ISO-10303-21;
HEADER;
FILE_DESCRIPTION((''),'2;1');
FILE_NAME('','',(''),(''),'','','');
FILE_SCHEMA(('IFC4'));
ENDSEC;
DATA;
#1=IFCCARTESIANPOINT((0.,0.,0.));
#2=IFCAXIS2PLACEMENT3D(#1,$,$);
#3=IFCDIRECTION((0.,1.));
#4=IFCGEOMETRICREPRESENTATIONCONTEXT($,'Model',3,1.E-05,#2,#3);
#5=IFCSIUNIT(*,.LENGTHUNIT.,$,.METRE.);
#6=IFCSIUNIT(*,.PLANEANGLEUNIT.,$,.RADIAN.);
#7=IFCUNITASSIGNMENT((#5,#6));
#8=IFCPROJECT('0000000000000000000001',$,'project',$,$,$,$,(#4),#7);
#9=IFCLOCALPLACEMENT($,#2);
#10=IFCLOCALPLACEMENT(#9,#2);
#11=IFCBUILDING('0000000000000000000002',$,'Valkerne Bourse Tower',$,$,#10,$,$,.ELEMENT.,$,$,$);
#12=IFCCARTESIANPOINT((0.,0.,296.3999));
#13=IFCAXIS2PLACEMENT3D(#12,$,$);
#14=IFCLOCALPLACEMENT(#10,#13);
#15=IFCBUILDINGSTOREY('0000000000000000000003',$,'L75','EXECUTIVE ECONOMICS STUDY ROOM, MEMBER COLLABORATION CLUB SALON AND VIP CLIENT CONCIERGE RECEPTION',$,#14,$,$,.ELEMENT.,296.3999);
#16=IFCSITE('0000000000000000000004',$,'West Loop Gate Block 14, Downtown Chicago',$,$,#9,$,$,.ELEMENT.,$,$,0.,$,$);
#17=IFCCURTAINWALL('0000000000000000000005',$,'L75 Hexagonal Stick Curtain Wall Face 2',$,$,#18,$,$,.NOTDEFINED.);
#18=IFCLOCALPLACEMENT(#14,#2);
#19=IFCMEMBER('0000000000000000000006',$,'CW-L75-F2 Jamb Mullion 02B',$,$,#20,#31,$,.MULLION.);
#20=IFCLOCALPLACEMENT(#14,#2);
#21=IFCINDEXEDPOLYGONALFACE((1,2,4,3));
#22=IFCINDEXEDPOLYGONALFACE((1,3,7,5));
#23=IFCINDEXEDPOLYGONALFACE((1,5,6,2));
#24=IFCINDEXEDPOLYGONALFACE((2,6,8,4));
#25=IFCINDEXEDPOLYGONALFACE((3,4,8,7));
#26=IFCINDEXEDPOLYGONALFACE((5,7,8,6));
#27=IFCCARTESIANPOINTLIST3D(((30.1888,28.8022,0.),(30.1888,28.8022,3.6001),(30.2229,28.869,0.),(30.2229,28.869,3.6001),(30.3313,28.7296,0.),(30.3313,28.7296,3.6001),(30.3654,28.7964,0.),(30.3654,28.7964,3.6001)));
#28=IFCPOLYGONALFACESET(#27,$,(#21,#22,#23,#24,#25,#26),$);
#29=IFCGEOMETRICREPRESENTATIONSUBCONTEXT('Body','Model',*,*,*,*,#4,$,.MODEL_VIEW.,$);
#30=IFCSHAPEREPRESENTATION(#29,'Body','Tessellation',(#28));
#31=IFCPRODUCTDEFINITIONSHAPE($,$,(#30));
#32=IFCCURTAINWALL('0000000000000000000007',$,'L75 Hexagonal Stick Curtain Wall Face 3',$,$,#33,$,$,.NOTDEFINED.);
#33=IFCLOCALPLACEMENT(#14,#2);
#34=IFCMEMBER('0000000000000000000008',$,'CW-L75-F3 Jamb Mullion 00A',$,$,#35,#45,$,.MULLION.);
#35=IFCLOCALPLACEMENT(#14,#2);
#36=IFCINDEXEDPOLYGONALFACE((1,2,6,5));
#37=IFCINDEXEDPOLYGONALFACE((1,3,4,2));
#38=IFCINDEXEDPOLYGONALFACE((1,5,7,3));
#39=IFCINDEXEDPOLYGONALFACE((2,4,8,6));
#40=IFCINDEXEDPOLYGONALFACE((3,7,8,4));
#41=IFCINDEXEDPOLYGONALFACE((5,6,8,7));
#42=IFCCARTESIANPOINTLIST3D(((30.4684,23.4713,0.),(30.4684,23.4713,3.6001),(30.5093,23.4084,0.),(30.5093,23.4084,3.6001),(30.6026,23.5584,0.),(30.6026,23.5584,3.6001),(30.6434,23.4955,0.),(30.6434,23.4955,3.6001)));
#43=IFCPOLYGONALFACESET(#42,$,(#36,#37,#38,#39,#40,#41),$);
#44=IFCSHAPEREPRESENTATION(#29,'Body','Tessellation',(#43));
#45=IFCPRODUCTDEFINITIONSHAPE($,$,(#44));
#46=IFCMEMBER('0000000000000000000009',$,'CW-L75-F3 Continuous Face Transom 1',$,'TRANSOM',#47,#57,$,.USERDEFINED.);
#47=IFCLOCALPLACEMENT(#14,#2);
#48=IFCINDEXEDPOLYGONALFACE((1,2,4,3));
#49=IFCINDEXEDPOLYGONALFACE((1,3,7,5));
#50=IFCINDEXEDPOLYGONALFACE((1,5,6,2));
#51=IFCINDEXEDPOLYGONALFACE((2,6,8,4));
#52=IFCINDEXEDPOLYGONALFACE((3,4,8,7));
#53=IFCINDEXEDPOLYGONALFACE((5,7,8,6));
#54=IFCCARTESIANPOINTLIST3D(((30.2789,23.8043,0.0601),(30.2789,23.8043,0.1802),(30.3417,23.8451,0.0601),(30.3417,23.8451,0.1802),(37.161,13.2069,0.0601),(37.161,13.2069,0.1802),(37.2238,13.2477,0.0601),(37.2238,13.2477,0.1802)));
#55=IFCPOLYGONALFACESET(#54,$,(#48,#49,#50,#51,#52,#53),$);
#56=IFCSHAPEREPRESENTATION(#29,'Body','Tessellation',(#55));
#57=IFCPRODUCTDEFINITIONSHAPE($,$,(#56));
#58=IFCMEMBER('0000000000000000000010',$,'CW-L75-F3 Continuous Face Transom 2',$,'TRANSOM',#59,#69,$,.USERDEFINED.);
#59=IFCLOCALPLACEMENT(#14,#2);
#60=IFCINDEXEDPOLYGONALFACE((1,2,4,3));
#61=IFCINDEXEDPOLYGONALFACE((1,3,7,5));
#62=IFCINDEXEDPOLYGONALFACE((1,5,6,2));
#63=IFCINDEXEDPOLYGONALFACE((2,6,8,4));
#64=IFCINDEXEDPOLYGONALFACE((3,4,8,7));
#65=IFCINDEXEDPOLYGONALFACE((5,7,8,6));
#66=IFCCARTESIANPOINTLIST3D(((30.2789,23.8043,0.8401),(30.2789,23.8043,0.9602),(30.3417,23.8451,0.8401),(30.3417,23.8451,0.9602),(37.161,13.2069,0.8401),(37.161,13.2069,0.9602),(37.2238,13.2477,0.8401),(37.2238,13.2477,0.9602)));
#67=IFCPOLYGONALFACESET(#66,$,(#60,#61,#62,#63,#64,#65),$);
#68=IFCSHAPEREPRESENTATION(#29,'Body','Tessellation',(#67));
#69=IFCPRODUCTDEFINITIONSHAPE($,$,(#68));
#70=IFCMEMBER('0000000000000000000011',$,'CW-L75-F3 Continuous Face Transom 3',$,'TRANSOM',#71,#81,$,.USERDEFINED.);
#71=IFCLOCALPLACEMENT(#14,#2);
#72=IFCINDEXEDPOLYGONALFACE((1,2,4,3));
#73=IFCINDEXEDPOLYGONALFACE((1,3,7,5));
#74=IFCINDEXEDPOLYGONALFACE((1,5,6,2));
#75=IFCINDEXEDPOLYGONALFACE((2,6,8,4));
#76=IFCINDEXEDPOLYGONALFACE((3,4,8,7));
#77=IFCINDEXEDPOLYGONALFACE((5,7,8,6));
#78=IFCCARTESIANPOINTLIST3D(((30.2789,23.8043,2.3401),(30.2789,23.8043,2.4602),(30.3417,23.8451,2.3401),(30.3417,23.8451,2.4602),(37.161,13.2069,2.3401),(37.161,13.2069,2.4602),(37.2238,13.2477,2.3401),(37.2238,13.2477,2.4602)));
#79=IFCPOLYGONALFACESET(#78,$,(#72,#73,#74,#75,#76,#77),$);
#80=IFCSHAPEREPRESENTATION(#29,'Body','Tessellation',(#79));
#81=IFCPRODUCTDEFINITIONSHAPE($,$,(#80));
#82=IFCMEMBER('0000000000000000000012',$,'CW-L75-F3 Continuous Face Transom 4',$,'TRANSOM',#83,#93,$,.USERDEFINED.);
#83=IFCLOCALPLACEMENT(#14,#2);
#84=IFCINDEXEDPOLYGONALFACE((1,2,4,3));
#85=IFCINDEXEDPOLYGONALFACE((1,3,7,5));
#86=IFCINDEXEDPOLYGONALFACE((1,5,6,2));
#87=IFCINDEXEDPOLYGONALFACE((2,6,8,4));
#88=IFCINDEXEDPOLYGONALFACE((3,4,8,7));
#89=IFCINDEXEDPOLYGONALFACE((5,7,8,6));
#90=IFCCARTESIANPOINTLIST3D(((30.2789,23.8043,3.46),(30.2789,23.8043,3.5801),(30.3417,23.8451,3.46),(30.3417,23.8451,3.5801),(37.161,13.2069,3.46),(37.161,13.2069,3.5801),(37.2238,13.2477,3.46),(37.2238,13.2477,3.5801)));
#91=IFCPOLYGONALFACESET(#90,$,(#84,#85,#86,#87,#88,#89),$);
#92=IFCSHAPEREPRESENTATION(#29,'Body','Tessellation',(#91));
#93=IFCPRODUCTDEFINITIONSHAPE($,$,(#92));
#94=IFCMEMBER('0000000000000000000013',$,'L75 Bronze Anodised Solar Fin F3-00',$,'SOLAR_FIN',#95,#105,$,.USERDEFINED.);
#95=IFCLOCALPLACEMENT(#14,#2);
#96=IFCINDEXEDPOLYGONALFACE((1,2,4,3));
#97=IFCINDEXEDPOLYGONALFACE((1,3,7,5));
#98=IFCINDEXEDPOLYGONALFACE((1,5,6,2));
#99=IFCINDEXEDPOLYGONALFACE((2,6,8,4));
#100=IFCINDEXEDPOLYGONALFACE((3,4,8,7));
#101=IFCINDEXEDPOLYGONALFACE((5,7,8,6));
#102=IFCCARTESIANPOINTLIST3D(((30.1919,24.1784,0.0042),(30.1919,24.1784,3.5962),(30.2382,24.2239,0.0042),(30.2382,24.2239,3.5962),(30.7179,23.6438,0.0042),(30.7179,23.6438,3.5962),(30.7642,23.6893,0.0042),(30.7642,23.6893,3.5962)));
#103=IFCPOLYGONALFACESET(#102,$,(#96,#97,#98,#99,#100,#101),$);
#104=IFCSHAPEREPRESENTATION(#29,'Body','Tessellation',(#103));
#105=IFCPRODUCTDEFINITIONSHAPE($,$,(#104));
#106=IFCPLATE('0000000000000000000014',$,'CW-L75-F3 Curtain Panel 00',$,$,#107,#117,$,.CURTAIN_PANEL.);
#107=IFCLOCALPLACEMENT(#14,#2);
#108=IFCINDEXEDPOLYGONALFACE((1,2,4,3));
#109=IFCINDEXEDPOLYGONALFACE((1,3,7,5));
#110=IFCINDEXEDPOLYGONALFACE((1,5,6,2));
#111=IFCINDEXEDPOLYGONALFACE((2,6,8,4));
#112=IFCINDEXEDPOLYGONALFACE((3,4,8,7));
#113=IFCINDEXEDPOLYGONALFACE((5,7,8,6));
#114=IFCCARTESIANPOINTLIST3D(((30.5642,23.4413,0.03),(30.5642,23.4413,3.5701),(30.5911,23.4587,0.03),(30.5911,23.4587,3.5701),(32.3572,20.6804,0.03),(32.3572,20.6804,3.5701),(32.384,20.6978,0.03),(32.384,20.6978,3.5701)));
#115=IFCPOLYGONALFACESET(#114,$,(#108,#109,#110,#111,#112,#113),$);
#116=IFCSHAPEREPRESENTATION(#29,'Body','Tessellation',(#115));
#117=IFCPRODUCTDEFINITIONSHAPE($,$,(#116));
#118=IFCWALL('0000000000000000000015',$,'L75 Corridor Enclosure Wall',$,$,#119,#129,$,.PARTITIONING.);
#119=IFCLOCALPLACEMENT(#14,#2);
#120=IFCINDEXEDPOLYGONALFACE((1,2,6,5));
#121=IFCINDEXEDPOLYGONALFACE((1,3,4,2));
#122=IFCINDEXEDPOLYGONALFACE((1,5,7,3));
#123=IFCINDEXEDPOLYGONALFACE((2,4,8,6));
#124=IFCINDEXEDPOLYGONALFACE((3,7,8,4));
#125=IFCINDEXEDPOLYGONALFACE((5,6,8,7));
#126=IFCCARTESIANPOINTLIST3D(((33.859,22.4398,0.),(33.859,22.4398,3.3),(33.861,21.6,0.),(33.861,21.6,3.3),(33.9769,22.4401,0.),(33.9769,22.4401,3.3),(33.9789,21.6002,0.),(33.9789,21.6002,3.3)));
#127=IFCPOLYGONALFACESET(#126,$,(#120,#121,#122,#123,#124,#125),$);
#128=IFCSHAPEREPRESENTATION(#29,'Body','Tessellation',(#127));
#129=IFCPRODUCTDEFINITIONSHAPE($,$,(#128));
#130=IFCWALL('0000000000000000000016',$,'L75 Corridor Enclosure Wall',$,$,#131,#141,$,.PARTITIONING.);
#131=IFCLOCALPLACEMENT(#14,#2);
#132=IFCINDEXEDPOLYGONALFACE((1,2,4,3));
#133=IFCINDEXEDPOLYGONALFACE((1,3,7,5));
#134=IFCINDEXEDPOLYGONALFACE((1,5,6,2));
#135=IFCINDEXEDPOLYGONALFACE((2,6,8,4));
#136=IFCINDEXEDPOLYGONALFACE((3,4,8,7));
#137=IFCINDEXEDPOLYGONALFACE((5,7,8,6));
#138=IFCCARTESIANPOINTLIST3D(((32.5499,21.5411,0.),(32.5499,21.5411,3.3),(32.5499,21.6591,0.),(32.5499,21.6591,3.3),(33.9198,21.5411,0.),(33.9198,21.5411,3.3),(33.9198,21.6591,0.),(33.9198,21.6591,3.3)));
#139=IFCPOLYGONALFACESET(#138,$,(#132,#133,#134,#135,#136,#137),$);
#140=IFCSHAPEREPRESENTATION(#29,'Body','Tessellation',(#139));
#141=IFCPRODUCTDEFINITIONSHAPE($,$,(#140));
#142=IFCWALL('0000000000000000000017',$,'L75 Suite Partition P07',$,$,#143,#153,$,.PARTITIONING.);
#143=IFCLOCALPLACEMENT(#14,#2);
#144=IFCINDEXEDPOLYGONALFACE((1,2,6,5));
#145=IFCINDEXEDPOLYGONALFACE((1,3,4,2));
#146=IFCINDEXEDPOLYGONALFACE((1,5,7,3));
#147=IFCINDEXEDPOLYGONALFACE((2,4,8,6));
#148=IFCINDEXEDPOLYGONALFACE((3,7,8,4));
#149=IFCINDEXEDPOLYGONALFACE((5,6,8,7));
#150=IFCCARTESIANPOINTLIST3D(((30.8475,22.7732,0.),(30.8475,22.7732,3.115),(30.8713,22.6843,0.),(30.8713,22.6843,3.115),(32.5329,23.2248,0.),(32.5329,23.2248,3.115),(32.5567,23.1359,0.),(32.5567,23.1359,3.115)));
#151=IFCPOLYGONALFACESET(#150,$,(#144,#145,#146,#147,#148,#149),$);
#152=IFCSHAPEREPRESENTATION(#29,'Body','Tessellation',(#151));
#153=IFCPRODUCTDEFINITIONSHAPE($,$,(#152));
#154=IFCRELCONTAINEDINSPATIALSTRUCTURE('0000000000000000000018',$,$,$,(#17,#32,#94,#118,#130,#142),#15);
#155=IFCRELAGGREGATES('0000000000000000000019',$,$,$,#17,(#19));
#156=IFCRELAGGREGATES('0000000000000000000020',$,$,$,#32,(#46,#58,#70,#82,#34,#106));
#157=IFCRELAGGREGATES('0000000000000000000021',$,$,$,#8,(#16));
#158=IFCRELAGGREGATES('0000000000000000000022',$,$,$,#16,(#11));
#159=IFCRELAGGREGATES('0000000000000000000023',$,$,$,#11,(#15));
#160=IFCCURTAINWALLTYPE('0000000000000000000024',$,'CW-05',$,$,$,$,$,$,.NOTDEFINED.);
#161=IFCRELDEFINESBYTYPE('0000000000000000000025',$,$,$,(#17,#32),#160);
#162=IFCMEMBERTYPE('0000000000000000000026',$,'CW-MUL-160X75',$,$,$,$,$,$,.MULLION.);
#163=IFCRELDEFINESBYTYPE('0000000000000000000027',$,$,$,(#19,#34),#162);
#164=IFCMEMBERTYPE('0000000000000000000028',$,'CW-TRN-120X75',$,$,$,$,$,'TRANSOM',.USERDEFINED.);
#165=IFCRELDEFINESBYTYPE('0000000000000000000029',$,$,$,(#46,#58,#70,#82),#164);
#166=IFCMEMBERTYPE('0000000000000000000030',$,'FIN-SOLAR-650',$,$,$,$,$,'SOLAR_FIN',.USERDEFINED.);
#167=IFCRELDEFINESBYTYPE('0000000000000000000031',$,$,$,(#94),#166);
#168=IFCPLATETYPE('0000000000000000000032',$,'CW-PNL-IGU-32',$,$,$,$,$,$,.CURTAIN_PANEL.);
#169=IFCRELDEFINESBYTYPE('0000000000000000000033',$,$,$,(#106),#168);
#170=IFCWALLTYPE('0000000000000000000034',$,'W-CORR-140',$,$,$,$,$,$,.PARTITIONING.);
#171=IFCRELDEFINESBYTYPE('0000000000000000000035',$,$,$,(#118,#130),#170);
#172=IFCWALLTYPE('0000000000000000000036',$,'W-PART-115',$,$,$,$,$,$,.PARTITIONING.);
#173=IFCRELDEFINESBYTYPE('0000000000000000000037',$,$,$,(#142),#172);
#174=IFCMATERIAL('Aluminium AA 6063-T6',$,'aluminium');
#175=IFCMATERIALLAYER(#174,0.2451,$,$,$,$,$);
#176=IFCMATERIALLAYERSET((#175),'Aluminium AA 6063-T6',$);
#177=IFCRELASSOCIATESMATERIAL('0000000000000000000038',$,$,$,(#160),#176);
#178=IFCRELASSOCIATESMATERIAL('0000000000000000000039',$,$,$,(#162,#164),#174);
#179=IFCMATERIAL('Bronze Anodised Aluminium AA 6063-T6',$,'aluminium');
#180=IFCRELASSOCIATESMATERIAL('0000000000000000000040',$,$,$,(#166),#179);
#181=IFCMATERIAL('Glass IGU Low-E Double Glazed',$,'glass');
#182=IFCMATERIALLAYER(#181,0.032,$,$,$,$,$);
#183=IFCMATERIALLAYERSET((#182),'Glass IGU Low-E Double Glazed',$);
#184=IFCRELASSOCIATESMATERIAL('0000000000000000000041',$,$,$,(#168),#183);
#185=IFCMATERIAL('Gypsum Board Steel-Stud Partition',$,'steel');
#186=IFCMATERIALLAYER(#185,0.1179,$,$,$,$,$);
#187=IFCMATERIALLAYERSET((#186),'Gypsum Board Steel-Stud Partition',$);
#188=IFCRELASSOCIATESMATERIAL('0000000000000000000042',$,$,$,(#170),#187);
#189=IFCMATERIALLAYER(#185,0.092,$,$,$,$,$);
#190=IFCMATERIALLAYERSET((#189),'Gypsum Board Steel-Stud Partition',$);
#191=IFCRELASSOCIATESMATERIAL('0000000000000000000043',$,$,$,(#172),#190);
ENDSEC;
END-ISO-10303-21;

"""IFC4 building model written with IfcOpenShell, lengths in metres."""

from ifc_helpers import new_model, si_unit, direction, frame, frame_2d, origin, origin_2d, place, context, subcontext, project, spatial, rectangle, extrude, material, layer, layer_set, material_profile, profile_set, type_object, element, aggregate, save


model = new_model("IFC4")

# Units and contexts
model_context = context("Model", 3, precision=1e-05, world=origin(), true_north=direction((0.0, 1.0)))
body_context = subcontext(model_context, "Body", "Model", "MODEL_VIEW")
ifc_project = project(units=[si_unit("LENGTHUNIT", "METRE"), si_unit("PLANEANGLEUNIT", "RADIAN")], contexts=[model_context])

# Site, building, storey
site_placement = place(None, origin())
site = spatial("IfcSite", under=ifc_project, at=site_placement, Name="West Loop Gate Block 14, Downtown Chicago", CompositionType="ELEMENT", RefElevation=0.0)
building_placement = place(site_placement, origin())
building = spatial("IfcBuilding", under=site, at=building_placement, Name="Valkerne Bourse Tower", CompositionType="ELEMENT")
storey_placement = place(building_placement, frame((0.0, 0.0, 296.3999)))
storey = spatial("IfcBuildingStorey", under=building, at=storey_placement, Name="L75", Description="EXECUTIVE ECONOMICS STUDY ROOM, MEMBER COLLABORATION CLUB SALON AND VIP CLIENT CONCIERGE RECEPTION", CompositionType="ELEMENT", Elevation=296.3999)

# Curtain wall, member
ifc_material_1 = material(Name="Aluminium AA 6063-T6", Category="aluminium")
ifc_layer_1 = layer(ifc_material_1, 0.2451)
ifc_layer_set_1 = layer_set([ifc_layer_1], Name="Aluminium AA 6063-T6")
curtain_wall_type = type_object("IfcCurtainWallType", Name="CW-05", PredefinedType="NOTDEFINED", material=ifc_layer_set_1)
curtain_wall_1_placement = place(storey_placement, origin())
curtain_wall_1 = element("IfcCurtainWall", 1, at=curtain_wall_1_placement, inside=storey, type_object=curtain_wall_type, Name="L75 Hexagonal Stick Curtain Wall Face 2", PredefinedType="NOTDEFINED")
ifc_material_profile_1 = material_profile(ifc_material_1, rectangle(XDim=0.075, YDim=0.1599, at=origin_2d()), Name="CWM-75X160")
ifc_profile_set_1 = profile_set([ifc_material_profile_1], Name="Aluminium AA 6063-T6")
member_type_1 = type_object("IfcMemberType", Name="CW-MUL-160X75", PredefinedType="MULLION", material=ifc_profile_set_1)
member_1_placement = place(storey_placement, frame((30.2771, 28.7993, 0.0), z_axis=(0.0, 0.0, 1.0), x_axis=(-0.453991, -0.891006, 0.0)))
member_1 = element("IfcMember", 2, at=member_1_placement, type_object=member_type_1, Name="CW-L75-F2 Jamb Mullion 02B", PredefinedType="MULLION", context=body_context, shape_type="SweptSolid", body=[
    extrude(rectangle(XDim=0.075, YDim=0.1599, at=origin_2d()), origin(), (0.0, 0.0, 1.0), 3.6001),
])
aggregate(curtain_wall_1, [member_1])

# Curtain wall, members
curtain_wall_2_placement = place(storey_placement, origin())
curtain_wall_2 = element("IfcCurtainWall", 3, at=curtain_wall_2_placement, inside=storey, type_object=curtain_wall_type, Name="L75 Hexagonal Stick Curtain Wall Face 3", PredefinedType="NOTDEFINED")
member_2_placement = place(storey_placement, frame((30.5559, 23.4834, 0.0), z_axis=(0.0, 0.0, 1.0), x_axis=(0.544634, -0.838674, 0.0)))
member_2 = element("IfcMember", 4, at=member_2_placement, type_object=member_type_1, Name="CW-L75-F3 Jamb Mullion 00A", PredefinedType="MULLION", context=body_context, shape_type="SweptSolid", body=[
    extrude(rectangle(XDim=0.075, YDim=0.1599, at=origin_2d()), origin(), (0.0, 0.0, 1.0), 3.6001),
])
ifc_material_profile_2 = material_profile(ifc_material_1, rectangle(XDim=0.075, YDim=0.1201, at=origin_2d()), Name="CWT-75X120")
ifc_profile_set_2 = profile_set([ifc_material_profile_2], Name="Aluminium AA 6063-T6")
member_type_2 = type_object("IfcMemberType", Name="CW-TRN-120X75", ElementType="TRANSOM", PredefinedType="USERDEFINED", material=ifc_profile_set_2)
member_3_placement = place(storey_placement, frame((30.3103, 23.8247, 0.1201), z_axis=(0.544641, -0.838669, 0.0), x_axis=(0.838669, 0.544641, 0.0)))
member_3 = element("IfcMember", 5, at=member_3_placement, type_object=member_type_2, Name="CW-L75-F3 Continuous Face Transom 1", ObjectType="TRANSOM", PredefinedType="USERDEFINED", context=body_context, shape_type="SweptSolid", body=[
    extrude(rectangle(XDim=0.075, YDim=0.1201, at=origin_2d()), origin(), (0.0, 0.0, 1.0), 12.636),
])
member_4_placement = place(storey_placement, frame((30.3103, 23.8247, 0.9001), z_axis=(0.544641, -0.838669, 0.0), x_axis=(0.838669, 0.544641, 0.0)))
member_4 = element("IfcMember", 6, at=member_4_placement, type_object=member_type_2, Name="CW-L75-F3 Continuous Face Transom 2", ObjectType="TRANSOM", PredefinedType="USERDEFINED", context=body_context, shape_type="SweptSolid", body=[
    extrude(rectangle(XDim=0.075, YDim=0.1201, at=origin_2d()), origin(), (0.0, 0.0, 1.0), 12.636),
])
member_5_placement = place(storey_placement, frame((30.3103, 23.8247, 2.4001), z_axis=(0.544641, -0.838669, 0.0), x_axis=(0.838669, 0.544641, 0.0)))
member_5 = element("IfcMember", 7, at=member_5_placement, type_object=member_type_2, Name="CW-L75-F3 Continuous Face Transom 3", ObjectType="TRANSOM", PredefinedType="USERDEFINED", context=body_context, shape_type="SweptSolid", body=[
    extrude(rectangle(XDim=0.075, YDim=0.1201, at=origin_2d()), origin(), (0.0, 0.0, 1.0), 12.636),
])
member_6_placement = place(storey_placement, frame((30.3103, 23.8247, 3.52), z_axis=(0.544641, -0.838669, 0.0), x_axis=(0.838669, 0.544641, 0.0)))
member_6 = element("IfcMember", 8, at=member_6_placement, type_object=member_type_2, Name="CW-L75-F3 Continuous Face Transom 4", ObjectType="TRANSOM", PredefinedType="USERDEFINED", context=body_context, shape_type="SweptSolid", body=[
    extrude(rectangle(XDim=0.075, YDim=0.1201, at=origin_2d()), origin(), (0.0, 0.0, 1.0), 12.636),
])

# Member
ifc_material_2 = material(Name="Bronze Anodised Aluminium AA 6063-T6", Category="aluminium")
ifc_material_profile_3 = material_profile(ifc_material_2, rectangle(XDim=0.0649, YDim=0.75, at=origin_2d()), Name="FIN-65X750")
ifc_profile_set_3 = profile_set([ifc_material_profile_3], Name="Bronze Anodised Aluminium AA 6063-T6")
member_type_3 = type_object("IfcMemberType", Name="FIN-SOLAR-650", ElementType="SOLAR_FIN", PredefinedType="USERDEFINED", material=ifc_profile_set_3)
member_7_placement = place(storey_placement, frame((30.478, 23.9338, 0.0042), z_axis=(0.0, 0.0, 1.0), x_axis=(-0.712793, -0.701374, 0.0)))
element("IfcMember", 9, at=member_7_placement, inside=storey, type_object=member_type_3, Name="L75 Bronze Anodised Solar Fin F3-00", ObjectType="SOLAR_FIN", PredefinedType="USERDEFINED", context=body_context, shape_type="SweptSolid", body=[
    extrude(rectangle(XDim=0.0649, YDim=0.75, at=origin_2d()), origin(), (0.0, 0.0, 1.0), 3.592),
])

# Plate
ifc_material_3 = material(Name="Glass IGU Low-E Double Glazed", Category="glass")
ifc_layer_2 = layer(ifc_material_3, 0.032)
ifc_layer_set_2 = layer_set([ifc_layer_2], Name="Glass IGU Low-E Double Glazed")
plate_type = type_object("IfcPlateType", Name="CW-PNL-IGU-32", PredefinedType="CURTAIN_PANEL", material=ifc_layer_set_2)
plate_placement = place(storey_placement, frame((31.4741, 22.0696, 0.03), z_axis=(0.0, 0.0, 1.0), x_axis=(0.544634, -0.838674, 0.0)))
plate = element("IfcPlate", 10, at=plate_placement, type_object=plate_type, Name="CW-L75-F3 Curtain Panel 00", PredefinedType="CURTAIN_PANEL", context=body_context, shape_type="SweptSolid", body=[
    extrude(rectangle(XDim=3.292, YDim=0.032, at=origin_2d()), origin(), (0.0, 0.0, 1.0), 3.54),
])
aggregate(curtain_wall_2, [member_3, member_4, member_5, member_6, member_2, plate])

# Walls
ifc_material_4 = material(Name="Gypsum Board Steel-Stud Partition", Category="steel")
ifc_layer_3 = layer(ifc_material_4, 0.1179)
ifc_layer_set_3 = layer_set([ifc_layer_3], Name="Gypsum Board Steel-Stud Partition")
wall_type_1 = type_object("IfcWallType", Name="W-CORR-140", PredefinedType="PARTITIONING", material=ifc_layer_set_3)
wall_1_placement = place(storey_placement, frame((33.918, 22.4399, 0.0), z_axis=(0.0, 0.0, 1.0), x_axis=(0.002326, -0.999997, 0.0)))
element("IfcWall", 11, at=wall_1_placement, inside=storey, type_object=wall_type_1, Name="L75 Corridor Enclosure Wall", PredefinedType="PARTITIONING", context=body_context, shape_type="SweptSolid", body=[
    extrude(rectangle(XDim=0.8398, YDim=0.1179, at=frame_2d((0.4199, 0.0))), origin(), (0.0, 0.0, 1.0), 3.3),
])
wall_2_placement = place(storey_placement, frame((33.9199, 21.6001, 0.0), z_axis=(0.0, 0.0, 1.0), x_axis=(-1.0, 0.0, 0.0)))
element("IfcWall", 12, at=wall_2_placement, inside=storey, type_object=wall_type_1, Name="L75 Corridor Enclosure Wall", PredefinedType="PARTITIONING", context=body_context, shape_type="SweptSolid", body=[
    extrude(rectangle(XDim=1.3699, YDim=0.1179, at=frame_2d((0.6851, 0.0))), origin(), (0.0, 0.0, 1.0), 3.3),
])
ifc_layer_4 = layer(ifc_material_4, 0.092)
ifc_layer_set_4 = layer_set([ifc_layer_4], Name="Gypsum Board Steel-Stud Partition")
wall_type_2 = type_object("IfcWallType", Name="W-PART-115", PredefinedType="PARTITIONING", material=ifc_layer_set_4)
wall_3_placement = place(storey_placement, frame((32.5449, 23.1804, 0.0), z_axis=(0.0, 0.0, 1.0), x_axis=(-0.965914, -0.258864, 0.0)))
element("IfcWall", 13, at=wall_3_placement, inside=storey, type_object=wall_type_2, Name="L75 Suite Partition P07", PredefinedType="PARTITIONING", context=body_context, shape_type="SweptSolid", body=[
    extrude(rectangle(XDim=1.7449, YDim=0.092, at=frame_2d((0.8726, 0.0))), origin(), (0.0, 0.0, 1.0), 3.115),
])

save(model, "model.ifc")
